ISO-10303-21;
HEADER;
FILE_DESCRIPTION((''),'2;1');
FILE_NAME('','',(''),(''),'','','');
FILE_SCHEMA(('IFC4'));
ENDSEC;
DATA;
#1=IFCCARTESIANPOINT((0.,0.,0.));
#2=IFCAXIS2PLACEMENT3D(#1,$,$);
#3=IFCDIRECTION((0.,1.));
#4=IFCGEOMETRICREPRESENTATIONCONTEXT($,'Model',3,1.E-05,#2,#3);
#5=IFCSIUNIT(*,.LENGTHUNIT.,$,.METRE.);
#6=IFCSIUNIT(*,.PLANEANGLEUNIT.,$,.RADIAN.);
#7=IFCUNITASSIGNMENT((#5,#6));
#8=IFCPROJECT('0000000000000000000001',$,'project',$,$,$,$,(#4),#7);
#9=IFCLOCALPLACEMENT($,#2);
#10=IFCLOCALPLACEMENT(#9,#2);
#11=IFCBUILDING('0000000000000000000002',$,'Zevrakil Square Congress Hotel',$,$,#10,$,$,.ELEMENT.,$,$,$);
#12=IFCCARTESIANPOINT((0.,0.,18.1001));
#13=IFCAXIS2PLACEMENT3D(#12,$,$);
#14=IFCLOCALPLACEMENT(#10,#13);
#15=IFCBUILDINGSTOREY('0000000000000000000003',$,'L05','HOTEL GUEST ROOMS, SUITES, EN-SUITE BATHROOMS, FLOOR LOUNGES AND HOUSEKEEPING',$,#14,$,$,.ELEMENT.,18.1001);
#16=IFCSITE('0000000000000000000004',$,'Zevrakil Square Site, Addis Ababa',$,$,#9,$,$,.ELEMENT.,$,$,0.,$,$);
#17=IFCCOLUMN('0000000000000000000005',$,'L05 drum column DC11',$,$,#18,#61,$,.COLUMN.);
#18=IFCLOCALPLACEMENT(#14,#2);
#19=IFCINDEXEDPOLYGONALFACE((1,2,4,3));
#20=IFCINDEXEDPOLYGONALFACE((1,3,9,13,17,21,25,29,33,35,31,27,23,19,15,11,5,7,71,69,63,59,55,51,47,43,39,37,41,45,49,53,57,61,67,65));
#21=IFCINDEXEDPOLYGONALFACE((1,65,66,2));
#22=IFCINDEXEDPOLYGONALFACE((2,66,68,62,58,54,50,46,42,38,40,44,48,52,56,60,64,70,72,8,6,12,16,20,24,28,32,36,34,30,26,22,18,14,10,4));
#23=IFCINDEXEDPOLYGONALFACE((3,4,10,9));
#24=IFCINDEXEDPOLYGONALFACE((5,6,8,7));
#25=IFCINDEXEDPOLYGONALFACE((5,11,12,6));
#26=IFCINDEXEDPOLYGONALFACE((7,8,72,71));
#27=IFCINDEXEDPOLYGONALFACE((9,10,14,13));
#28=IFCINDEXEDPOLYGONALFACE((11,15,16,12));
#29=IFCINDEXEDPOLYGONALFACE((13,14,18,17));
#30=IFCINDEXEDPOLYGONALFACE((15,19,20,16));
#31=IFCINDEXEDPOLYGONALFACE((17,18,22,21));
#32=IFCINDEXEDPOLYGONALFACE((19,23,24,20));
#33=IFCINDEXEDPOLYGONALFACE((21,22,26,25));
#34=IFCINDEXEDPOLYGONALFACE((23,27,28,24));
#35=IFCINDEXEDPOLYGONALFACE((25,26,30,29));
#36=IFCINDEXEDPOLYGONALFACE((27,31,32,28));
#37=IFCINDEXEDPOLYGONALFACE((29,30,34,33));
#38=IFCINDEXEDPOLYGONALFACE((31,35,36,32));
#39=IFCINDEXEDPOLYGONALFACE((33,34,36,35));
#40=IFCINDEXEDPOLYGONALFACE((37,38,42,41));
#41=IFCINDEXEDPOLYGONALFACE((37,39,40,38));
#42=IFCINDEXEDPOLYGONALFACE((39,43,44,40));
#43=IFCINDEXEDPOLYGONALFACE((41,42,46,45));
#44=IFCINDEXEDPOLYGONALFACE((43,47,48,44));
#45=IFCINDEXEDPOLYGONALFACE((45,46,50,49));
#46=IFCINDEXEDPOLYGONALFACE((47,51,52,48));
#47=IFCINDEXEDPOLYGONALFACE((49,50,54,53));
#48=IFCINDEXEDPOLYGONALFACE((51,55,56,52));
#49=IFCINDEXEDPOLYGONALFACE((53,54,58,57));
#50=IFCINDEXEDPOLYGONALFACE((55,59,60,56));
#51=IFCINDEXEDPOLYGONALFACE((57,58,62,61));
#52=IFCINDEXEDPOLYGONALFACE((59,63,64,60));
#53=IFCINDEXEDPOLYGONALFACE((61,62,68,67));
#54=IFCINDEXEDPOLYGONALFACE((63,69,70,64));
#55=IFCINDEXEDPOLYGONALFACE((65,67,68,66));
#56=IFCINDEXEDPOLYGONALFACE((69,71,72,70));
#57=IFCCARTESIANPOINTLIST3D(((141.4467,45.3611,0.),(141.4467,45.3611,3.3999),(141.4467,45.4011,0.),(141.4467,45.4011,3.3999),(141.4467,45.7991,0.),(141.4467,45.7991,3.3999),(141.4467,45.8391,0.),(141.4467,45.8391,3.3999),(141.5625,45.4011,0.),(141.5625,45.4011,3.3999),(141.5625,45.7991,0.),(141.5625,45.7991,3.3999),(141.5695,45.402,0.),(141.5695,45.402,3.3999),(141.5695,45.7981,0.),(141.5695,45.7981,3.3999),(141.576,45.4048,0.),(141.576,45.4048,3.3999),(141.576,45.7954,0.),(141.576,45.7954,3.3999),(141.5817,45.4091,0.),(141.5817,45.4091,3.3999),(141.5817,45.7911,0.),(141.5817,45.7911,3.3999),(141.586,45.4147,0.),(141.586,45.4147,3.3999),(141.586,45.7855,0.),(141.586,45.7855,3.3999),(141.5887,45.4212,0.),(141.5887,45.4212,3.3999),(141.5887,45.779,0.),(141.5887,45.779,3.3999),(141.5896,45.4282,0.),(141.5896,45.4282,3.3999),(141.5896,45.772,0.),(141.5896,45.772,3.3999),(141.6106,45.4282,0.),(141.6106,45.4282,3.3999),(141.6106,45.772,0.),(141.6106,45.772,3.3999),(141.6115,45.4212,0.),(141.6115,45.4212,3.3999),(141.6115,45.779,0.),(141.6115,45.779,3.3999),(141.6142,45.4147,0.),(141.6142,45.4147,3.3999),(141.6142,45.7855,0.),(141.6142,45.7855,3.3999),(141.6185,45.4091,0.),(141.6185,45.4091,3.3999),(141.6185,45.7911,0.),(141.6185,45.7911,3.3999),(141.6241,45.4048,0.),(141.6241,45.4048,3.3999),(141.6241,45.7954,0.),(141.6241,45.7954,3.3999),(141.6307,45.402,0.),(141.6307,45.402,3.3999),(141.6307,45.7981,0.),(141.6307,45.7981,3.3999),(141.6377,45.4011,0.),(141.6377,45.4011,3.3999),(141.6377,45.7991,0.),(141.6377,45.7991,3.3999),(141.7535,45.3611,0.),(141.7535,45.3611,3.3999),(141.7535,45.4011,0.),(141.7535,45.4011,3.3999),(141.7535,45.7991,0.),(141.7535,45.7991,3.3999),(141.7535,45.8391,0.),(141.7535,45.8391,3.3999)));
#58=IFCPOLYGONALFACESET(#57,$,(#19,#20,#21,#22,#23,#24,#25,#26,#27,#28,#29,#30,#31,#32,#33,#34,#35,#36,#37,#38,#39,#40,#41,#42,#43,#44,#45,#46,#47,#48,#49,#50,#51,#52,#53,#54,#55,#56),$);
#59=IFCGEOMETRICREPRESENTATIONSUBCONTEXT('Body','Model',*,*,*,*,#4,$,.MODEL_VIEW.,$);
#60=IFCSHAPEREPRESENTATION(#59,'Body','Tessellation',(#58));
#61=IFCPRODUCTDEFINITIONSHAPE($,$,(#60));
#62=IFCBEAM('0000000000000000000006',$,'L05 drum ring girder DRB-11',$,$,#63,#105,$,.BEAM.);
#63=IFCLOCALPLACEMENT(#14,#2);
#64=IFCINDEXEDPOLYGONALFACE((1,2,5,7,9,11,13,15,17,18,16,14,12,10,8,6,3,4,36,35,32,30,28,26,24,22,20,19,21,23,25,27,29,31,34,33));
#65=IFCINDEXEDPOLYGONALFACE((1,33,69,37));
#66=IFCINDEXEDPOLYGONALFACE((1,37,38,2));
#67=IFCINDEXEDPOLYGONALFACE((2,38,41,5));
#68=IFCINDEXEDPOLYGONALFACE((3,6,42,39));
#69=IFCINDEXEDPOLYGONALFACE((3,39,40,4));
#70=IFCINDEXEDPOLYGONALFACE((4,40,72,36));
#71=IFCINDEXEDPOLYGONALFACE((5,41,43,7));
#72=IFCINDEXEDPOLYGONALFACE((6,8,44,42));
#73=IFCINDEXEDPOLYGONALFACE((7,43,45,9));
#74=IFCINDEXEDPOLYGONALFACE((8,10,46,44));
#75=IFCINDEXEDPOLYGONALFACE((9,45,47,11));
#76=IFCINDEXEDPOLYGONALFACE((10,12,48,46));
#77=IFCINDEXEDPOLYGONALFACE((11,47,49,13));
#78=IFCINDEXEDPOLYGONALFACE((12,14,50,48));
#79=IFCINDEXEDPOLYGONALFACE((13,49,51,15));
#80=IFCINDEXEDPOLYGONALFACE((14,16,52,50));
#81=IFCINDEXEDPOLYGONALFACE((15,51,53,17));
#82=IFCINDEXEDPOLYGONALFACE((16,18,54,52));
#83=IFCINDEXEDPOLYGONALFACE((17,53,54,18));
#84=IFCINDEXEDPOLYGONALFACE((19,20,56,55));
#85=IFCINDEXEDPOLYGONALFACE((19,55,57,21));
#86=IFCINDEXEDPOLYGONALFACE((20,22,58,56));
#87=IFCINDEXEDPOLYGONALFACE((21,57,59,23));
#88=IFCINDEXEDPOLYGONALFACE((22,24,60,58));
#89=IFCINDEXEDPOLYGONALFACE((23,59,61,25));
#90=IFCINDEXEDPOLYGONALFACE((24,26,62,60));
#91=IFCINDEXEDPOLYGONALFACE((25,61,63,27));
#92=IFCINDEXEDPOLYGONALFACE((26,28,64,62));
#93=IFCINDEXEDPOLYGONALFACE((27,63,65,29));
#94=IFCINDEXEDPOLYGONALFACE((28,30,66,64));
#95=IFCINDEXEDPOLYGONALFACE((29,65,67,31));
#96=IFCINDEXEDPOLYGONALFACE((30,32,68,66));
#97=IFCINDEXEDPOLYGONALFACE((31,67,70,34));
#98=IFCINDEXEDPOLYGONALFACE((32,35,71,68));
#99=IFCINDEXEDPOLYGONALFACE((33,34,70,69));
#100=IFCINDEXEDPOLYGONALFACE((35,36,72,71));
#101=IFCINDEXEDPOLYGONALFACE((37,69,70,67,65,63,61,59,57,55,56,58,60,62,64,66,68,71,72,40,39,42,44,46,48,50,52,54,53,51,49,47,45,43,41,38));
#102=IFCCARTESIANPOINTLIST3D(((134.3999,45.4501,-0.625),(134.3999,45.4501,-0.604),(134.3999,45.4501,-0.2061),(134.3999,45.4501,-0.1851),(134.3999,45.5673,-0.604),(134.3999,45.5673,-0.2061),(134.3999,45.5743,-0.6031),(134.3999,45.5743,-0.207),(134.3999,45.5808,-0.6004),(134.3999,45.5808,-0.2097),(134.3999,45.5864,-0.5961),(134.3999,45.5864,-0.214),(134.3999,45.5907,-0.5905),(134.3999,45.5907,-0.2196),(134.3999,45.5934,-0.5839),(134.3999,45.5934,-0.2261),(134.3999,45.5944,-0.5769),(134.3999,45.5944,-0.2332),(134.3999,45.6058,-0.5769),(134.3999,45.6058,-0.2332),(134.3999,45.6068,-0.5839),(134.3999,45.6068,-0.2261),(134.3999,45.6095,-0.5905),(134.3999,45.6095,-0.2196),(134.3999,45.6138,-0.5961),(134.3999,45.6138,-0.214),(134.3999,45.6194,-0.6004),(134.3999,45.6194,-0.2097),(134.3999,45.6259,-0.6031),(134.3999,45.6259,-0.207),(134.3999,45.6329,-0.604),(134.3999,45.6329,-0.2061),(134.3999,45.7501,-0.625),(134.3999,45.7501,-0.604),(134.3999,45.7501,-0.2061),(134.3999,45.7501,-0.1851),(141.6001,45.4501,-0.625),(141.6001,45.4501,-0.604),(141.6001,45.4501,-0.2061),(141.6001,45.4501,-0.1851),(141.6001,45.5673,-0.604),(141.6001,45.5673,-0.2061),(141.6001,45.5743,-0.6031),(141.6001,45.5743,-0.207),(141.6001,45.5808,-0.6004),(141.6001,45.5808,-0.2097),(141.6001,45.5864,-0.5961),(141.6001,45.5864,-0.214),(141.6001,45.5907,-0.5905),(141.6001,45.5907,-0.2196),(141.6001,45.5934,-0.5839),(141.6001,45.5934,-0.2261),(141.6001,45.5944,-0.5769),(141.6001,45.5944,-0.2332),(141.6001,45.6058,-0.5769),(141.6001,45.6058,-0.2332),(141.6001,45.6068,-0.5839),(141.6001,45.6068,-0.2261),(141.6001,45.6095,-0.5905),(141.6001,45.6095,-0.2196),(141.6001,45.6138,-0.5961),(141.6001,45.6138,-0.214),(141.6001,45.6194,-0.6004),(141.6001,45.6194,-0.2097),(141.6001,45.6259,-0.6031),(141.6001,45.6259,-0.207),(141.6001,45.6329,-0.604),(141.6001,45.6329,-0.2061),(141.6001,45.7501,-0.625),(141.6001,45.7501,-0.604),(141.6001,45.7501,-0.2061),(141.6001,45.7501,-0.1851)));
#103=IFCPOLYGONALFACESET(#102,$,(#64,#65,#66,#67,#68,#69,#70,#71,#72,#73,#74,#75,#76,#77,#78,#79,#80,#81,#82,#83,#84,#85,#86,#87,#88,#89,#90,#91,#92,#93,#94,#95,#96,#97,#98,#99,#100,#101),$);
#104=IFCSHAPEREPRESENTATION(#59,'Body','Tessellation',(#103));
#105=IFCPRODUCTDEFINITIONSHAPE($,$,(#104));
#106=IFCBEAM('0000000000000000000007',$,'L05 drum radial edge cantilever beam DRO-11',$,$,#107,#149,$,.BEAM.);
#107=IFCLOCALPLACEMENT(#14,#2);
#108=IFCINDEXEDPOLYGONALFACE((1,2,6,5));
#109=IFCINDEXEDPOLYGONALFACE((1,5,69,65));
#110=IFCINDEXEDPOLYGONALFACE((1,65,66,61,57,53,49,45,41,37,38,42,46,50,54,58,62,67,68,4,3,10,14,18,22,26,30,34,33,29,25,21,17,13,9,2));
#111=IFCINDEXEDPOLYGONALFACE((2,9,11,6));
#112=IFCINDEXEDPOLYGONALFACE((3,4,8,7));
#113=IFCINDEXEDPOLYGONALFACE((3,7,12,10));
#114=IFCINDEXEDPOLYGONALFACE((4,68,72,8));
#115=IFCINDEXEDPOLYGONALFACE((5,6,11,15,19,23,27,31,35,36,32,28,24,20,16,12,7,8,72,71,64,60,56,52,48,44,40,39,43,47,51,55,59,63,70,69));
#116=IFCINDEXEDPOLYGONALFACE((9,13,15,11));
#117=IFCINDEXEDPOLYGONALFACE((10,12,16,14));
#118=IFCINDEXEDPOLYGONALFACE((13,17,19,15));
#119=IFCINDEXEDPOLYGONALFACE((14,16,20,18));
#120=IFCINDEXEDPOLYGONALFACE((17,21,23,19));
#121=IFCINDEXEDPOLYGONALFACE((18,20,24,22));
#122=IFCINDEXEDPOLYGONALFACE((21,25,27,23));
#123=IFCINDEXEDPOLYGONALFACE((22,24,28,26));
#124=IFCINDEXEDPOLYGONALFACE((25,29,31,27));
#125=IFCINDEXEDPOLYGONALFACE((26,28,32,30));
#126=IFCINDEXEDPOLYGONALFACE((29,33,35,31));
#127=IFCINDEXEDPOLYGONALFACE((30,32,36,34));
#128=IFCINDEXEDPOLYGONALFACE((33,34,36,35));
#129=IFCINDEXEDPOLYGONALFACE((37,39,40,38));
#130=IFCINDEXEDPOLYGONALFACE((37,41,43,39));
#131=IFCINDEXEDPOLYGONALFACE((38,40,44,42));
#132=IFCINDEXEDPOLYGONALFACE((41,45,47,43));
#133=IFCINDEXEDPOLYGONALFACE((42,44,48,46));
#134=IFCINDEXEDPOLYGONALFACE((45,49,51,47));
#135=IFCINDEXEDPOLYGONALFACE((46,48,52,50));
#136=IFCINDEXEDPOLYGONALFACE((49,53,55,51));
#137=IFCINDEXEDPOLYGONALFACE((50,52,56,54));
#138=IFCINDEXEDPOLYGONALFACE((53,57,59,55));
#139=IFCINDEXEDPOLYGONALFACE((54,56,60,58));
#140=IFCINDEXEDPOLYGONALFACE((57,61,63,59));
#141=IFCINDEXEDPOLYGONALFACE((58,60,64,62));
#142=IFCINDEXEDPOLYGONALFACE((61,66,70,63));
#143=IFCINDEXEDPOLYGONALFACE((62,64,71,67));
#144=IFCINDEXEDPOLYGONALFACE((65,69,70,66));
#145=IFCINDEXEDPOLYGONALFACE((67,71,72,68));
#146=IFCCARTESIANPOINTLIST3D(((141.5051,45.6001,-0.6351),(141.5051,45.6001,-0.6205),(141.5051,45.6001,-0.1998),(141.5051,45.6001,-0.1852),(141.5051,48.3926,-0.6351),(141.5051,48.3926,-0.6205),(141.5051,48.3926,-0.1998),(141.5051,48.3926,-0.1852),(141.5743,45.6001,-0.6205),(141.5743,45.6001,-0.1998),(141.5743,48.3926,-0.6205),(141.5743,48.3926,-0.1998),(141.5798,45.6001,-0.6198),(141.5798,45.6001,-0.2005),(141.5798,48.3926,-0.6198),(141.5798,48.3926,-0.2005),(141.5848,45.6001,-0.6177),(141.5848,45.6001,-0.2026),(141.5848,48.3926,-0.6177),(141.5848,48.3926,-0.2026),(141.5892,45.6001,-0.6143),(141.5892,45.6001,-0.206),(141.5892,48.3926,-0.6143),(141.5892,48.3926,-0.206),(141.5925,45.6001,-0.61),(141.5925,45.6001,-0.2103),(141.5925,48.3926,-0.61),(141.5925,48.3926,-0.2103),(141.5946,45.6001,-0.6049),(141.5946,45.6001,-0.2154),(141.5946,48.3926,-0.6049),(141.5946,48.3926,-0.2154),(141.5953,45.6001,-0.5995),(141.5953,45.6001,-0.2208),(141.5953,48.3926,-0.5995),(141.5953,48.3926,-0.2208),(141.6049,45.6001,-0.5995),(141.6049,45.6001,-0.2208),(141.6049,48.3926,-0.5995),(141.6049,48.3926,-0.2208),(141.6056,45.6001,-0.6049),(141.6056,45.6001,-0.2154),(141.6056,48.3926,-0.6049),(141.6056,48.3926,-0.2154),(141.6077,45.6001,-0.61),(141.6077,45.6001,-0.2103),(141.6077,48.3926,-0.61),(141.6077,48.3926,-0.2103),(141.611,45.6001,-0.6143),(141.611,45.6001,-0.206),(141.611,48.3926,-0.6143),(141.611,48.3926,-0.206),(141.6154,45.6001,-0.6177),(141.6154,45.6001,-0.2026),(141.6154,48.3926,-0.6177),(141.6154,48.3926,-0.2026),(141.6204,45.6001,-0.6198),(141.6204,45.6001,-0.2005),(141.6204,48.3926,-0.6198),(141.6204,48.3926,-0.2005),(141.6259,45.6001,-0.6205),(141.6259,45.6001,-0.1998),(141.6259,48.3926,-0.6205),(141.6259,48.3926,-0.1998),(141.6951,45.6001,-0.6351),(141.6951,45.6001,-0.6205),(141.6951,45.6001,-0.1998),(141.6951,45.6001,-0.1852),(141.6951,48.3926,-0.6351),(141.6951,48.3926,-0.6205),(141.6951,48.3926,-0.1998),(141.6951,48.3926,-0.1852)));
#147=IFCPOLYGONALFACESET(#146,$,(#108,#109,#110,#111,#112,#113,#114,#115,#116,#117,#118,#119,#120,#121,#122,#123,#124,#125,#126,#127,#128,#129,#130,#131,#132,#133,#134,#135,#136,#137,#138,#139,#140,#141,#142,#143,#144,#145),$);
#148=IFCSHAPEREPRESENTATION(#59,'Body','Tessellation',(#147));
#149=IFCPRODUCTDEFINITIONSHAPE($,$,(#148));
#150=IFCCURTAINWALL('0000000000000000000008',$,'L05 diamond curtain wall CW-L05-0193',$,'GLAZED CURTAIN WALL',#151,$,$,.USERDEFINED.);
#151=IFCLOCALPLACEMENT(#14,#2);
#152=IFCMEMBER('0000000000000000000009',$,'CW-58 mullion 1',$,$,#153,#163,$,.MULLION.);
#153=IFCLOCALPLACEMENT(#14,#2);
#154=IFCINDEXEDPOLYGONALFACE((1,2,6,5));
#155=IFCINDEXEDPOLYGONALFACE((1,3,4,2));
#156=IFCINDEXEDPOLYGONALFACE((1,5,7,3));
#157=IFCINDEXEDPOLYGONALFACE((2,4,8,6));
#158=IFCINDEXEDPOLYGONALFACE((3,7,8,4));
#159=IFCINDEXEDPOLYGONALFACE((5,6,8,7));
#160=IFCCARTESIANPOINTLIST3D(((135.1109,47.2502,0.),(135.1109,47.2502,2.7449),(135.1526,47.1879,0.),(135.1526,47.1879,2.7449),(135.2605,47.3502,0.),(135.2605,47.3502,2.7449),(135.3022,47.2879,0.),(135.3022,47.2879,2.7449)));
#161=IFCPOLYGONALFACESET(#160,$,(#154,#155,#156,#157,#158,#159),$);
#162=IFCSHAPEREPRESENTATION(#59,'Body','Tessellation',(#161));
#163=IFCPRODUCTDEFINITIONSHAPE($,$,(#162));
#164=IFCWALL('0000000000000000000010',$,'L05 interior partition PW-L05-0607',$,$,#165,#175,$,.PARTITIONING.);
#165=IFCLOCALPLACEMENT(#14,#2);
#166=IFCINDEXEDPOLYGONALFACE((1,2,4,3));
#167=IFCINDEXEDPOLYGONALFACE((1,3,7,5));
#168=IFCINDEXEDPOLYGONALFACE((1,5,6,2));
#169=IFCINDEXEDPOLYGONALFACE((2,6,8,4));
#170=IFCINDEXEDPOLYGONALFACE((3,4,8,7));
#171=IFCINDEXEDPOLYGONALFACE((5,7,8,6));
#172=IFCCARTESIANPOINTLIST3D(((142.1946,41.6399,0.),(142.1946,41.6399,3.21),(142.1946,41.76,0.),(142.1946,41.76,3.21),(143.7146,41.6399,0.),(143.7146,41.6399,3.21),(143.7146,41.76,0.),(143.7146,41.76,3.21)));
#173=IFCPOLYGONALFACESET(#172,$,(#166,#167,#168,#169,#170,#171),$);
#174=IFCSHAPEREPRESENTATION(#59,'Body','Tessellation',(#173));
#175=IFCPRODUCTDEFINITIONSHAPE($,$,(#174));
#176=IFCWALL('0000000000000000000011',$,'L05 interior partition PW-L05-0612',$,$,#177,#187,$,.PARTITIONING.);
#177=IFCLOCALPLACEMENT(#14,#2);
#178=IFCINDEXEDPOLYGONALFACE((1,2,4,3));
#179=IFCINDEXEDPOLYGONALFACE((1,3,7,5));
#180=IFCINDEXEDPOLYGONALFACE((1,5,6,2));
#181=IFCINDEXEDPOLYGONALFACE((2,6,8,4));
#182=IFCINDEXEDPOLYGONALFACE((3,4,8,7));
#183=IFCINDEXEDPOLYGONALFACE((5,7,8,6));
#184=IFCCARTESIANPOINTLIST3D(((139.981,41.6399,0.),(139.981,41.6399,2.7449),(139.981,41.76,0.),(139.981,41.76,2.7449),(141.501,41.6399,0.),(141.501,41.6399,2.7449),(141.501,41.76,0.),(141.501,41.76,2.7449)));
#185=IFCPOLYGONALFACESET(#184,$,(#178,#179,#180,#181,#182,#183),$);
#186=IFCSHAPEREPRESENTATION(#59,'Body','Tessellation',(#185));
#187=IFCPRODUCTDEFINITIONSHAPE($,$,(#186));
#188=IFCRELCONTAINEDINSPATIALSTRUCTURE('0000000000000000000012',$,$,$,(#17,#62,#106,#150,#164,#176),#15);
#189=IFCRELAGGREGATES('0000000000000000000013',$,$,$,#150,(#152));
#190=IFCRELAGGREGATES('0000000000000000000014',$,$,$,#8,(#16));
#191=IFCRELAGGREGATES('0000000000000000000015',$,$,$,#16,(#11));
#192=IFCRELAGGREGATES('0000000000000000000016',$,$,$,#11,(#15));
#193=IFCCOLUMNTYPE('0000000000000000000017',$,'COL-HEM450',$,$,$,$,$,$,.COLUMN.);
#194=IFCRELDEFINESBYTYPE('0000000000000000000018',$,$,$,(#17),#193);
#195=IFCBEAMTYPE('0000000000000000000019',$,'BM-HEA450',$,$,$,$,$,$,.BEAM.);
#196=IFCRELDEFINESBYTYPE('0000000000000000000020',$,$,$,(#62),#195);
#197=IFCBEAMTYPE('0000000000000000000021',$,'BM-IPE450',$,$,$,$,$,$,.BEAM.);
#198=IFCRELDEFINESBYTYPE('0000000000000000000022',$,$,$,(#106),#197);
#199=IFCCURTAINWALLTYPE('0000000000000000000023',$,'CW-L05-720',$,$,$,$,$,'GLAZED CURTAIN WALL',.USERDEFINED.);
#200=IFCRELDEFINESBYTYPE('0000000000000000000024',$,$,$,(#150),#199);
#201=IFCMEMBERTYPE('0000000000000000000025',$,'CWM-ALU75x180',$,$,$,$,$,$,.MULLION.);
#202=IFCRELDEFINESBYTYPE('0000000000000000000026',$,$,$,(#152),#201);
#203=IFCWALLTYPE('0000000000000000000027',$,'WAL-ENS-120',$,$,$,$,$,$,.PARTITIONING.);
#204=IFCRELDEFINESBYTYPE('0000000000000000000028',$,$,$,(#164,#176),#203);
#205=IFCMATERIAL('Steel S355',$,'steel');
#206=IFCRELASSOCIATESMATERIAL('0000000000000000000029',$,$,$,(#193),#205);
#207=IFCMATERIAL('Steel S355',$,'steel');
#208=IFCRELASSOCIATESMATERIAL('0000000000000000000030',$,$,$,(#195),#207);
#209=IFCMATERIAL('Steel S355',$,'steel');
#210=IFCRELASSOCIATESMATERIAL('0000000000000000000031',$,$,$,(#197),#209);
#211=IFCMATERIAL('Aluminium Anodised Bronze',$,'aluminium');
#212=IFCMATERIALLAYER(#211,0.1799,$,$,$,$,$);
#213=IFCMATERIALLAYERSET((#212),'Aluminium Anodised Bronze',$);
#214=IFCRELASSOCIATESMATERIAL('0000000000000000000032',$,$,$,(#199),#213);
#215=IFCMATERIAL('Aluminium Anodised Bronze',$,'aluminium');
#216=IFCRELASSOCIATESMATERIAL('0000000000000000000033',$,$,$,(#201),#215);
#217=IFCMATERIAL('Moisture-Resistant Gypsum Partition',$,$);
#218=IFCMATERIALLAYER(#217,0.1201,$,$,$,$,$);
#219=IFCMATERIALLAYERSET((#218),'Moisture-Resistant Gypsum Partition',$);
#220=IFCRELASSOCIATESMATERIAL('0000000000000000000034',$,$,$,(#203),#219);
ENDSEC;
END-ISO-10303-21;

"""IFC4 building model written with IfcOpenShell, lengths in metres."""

from ifc_helpers import new_model, si_unit, direction, frame, frame_2d, origin, origin_2d, place, context, subcontext, project, spatial, rectangle, i_section, extrude, material, layer, layer_set, material_profile, profile_set, type_object, element, aggregate, save


model = new_model("IFC4")

# Units and contexts
model_context = context("Model", 3, precision=1e-05, world=origin(), true_north=direction((0.0, 1.0)))
body_context = subcontext(model_context, "Body", "Model", "MODEL_VIEW")
ifc_project = project(units=[si_unit("LENGTHUNIT", "METRE"), si_unit("PLANEANGLEUNIT", "RADIAN")], contexts=[model_context])

# Site, building, storey
site_placement = place(None, origin())
site = spatial("IfcSite", under=ifc_project, at=site_placement, Name="Zevrakil Square Site, Addis Ababa", CompositionType="ELEMENT", RefElevation=0.0)
building_placement = place(site_placement, origin())
building = spatial("IfcBuilding", under=site, at=building_placement, Name="Zevrakil Square Congress Hotel", CompositionType="ELEMENT")
storey_placement = place(building_placement, frame((0.0, 0.0, 18.1001)))
storey = spatial("IfcBuildingStorey", under=building, at=storey_placement, Name="L05", Description="HOTEL GUEST ROOMS, SUITES, EN-SUITE BATHROOMS, FLOOR LOUNGES AND HOUSEKEEPING", CompositionType="ELEMENT", Elevation=18.1001)

# Column
ifc_material_1 = material(Name="Steel S355", Category="steel")
ifc_material_profile_1 = material_profile(ifc_material_1, i_section(OverallWidth=0.3069, OverallDepth=0.478, WebThickness=0.021, FlangeThickness=0.04, FilletRadius=0.0271, at=origin_2d()), Name="HEM 450")
ifc_profile_set_1 = profile_set([ifc_material_profile_1], Name="Steel S355")
column_type = type_object("IfcColumnType", Name="COL-HEM450", PredefinedType="COLUMN", material=ifc_profile_set_1)
column_placement = place(storey_placement, frame((141.6001, 45.6001, 0.0), z_axis=(0.0, 0.0, 1.0), x_axis=(1.0, 0.0, 0.0)))
element("IfcColumn", 1, at=column_placement, inside=storey, type_object=column_type, Name="L05 drum column DC11", PredefinedType="COLUMN", context=body_context, shape_type="SweptSolid", body=[
    extrude(i_section(OverallWidth=0.3069, OverallDepth=0.478, WebThickness=0.021, FlangeThickness=0.04, FilletRadius=0.0271, at=origin_2d()), origin(), (0.0, 0.0, 1.0), 3.3999),
])

# Beams
ifc_material_2 = material(Name="Steel S355", Category="steel")
ifc_material_profile_2 = material_profile(ifc_material_2, i_section(OverallWidth=0.3, OverallDepth=0.4399, WebThickness=0.0115, FlangeThickness=0.021, FilletRadius=0.0271, at=origin_2d()), Name="HEA 450")
ifc_profile_set_2 = profile_set([ifc_material_profile_2], Name="Steel S355")
beam_type_1 = type_object("IfcBeamType", Name="BM-HEA450", PredefinedType="BEAM", material=ifc_profile_set_2)
beam_1_placement = place(storey_placement, frame((141.6001, 45.6001, -0.405), z_axis=(-1.0, 0.0, 0.0), x_axis=(0.0, -1.0, 0.0)))
element("IfcBeam", 2, at=beam_1_placement, inside=storey, type_object=beam_type_1, Name="L05 drum ring girder DRB-11", PredefinedType="BEAM", context=body_context, shape_type="SweptSolid", body=[
    extrude(i_section(OverallWidth=0.3, OverallDepth=0.4399, WebThickness=0.0115, FlangeThickness=0.021, FilletRadius=0.0271, at=origin_2d()), origin(), (0.0, 0.0, 1.0), 7.2002),
])
ifc_material_3 = material(Name="Steel S355", Category="steel")
ifc_material_profile_3 = material_profile(ifc_material_3, i_section(OverallWidth=0.1899, OverallDepth=0.45, WebThickness=0.0095, FlangeThickness=0.0146, FilletRadius=0.021, at=origin_2d()), Name="IPE 450")
ifc_profile_set_3 = profile_set([ifc_material_profile_3], Name="Steel S355")
beam_type_2 = type_object("IfcBeamType", Name="BM-IPE450", PredefinedType="BEAM", material=ifc_profile_set_3)
beam_2_placement = place(storey_placement, frame((141.6001, 45.6001, -0.4102), z_axis=(0.0, 1.0, 0.0), x_axis=(-1.0, 0.0, 0.0)))
element("IfcBeam", 3, at=beam_2_placement, inside=storey, type_object=beam_type_2, Name="L05 drum radial edge cantilever beam DRO-11", PredefinedType="BEAM", context=body_context, shape_type="SweptSolid", body=[
    extrude(i_section(OverallWidth=0.1899, OverallDepth=0.45, WebThickness=0.0095, FlangeThickness=0.0146, FilletRadius=0.021, at=origin_2d()), origin(), (0.0, 0.0, 1.0), 2.7925),
])

# Curtain wall, member
ifc_material_4 = material(Name="Aluminium Anodised Bronze", Category="aluminium")
ifc_layer_1 = layer(ifc_material_4, 0.1799)
ifc_layer_set_1 = layer_set([ifc_layer_1], Name="Aluminium Anodised Bronze")
curtain_wall_type = type_object("IfcCurtainWallType", Name="CW-L05-720", ElementType="GLAZED CURTAIN WALL", PredefinedType="USERDEFINED", material=ifc_layer_set_1)
curtain_wall_placement = place(storey_placement, origin())
curtain_wall = element("IfcCurtainWall", 4, at=curtain_wall_placement, inside=storey, type_object=curtain_wall_type, Name="L05 diamond curtain wall CW-L05-0193", ObjectType="GLAZED CURTAIN WALL", PredefinedType="USERDEFINED")
ifc_material_5 = material(Name="Aluminium Anodised Bronze", Category="aluminium")
ifc_material_profile_4 = material_profile(ifc_material_5, rectangle(XDim=0.075, YDim=0.1799, at=origin_2d()), Name="ALU 75x180")
ifc_profile_set_4 = profile_set([ifc_material_profile_4], Name="Aluminium Anodised Bronze")
member_type = type_object("IfcMemberType", Name="CWM-ALU75x180", PredefinedType="MULLION", material=ifc_profile_set_4)
member_placement = place(storey_placement, frame((135.2065, 47.269, 0.0), z_axis=(0.0, 0.0, 1.0), x_axis=(0.555576, -0.831466, 0.0)))
member = element("IfcMember", 5, at=member_placement, type_object=member_type, Name="CW-58 mullion 1", PredefinedType="MULLION", context=body_context, shape_type="SweptSolid", body=[
    extrude(rectangle(XDim=0.075, YDim=0.1799, at=origin_2d()), origin(), (0.0, 0.0, 1.0), 2.7449),
])
aggregate(curtain_wall, [member])

# Walls
ifc_material_6 = material(Name="Moisture-Resistant Gypsum Partition")
ifc_layer_2 = layer(ifc_material_6, 0.1201)
ifc_layer_set_2 = layer_set([ifc_layer_2], Name="Moisture-Resistant Gypsum Partition")
wall_type = type_object("IfcWallType", Name="WAL-ENS-120", PredefinedType="PARTITIONING", material=ifc_layer_set_2)
wall_1_placement = place(storey_placement, frame((142.1946, 41.7, 0.0), z_axis=(0.0, 0.0, 1.0), x_axis=(1.0, 0.0, 0.0)))
element("IfcWall", 6, at=wall_1_placement, inside=storey, type_object=wall_type, Name="L05 interior partition PW-L05-0607", PredefinedType="PARTITIONING", context=body_context, shape_type="SweptSolid", body=[
    extrude(rectangle(XDim=1.52, YDim=0.1201, at=frame_2d((0.76, 0.0))), origin(), (0.0, 0.0, 1.0), 3.21),
])
wall_2_placement = place(storey_placement, frame((139.981, 41.7, 0.0), z_axis=(0.0, 0.0, 1.0), x_axis=(1.0, 0.0, 0.0)))
element("IfcWall", 7, at=wall_2_placement, inside=storey, type_object=wall_type, Name="L05 interior partition PW-L05-0612", PredefinedType="PARTITIONING", context=body_context, shape_type="SweptSolid", body=[
    extrude(rectangle(XDim=1.52, YDim=0.1201, at=frame_2d((0.76, 0.0))), origin(), (0.0, 0.0, 1.0), 2.7449),
])

save(model, "model.ifc")
